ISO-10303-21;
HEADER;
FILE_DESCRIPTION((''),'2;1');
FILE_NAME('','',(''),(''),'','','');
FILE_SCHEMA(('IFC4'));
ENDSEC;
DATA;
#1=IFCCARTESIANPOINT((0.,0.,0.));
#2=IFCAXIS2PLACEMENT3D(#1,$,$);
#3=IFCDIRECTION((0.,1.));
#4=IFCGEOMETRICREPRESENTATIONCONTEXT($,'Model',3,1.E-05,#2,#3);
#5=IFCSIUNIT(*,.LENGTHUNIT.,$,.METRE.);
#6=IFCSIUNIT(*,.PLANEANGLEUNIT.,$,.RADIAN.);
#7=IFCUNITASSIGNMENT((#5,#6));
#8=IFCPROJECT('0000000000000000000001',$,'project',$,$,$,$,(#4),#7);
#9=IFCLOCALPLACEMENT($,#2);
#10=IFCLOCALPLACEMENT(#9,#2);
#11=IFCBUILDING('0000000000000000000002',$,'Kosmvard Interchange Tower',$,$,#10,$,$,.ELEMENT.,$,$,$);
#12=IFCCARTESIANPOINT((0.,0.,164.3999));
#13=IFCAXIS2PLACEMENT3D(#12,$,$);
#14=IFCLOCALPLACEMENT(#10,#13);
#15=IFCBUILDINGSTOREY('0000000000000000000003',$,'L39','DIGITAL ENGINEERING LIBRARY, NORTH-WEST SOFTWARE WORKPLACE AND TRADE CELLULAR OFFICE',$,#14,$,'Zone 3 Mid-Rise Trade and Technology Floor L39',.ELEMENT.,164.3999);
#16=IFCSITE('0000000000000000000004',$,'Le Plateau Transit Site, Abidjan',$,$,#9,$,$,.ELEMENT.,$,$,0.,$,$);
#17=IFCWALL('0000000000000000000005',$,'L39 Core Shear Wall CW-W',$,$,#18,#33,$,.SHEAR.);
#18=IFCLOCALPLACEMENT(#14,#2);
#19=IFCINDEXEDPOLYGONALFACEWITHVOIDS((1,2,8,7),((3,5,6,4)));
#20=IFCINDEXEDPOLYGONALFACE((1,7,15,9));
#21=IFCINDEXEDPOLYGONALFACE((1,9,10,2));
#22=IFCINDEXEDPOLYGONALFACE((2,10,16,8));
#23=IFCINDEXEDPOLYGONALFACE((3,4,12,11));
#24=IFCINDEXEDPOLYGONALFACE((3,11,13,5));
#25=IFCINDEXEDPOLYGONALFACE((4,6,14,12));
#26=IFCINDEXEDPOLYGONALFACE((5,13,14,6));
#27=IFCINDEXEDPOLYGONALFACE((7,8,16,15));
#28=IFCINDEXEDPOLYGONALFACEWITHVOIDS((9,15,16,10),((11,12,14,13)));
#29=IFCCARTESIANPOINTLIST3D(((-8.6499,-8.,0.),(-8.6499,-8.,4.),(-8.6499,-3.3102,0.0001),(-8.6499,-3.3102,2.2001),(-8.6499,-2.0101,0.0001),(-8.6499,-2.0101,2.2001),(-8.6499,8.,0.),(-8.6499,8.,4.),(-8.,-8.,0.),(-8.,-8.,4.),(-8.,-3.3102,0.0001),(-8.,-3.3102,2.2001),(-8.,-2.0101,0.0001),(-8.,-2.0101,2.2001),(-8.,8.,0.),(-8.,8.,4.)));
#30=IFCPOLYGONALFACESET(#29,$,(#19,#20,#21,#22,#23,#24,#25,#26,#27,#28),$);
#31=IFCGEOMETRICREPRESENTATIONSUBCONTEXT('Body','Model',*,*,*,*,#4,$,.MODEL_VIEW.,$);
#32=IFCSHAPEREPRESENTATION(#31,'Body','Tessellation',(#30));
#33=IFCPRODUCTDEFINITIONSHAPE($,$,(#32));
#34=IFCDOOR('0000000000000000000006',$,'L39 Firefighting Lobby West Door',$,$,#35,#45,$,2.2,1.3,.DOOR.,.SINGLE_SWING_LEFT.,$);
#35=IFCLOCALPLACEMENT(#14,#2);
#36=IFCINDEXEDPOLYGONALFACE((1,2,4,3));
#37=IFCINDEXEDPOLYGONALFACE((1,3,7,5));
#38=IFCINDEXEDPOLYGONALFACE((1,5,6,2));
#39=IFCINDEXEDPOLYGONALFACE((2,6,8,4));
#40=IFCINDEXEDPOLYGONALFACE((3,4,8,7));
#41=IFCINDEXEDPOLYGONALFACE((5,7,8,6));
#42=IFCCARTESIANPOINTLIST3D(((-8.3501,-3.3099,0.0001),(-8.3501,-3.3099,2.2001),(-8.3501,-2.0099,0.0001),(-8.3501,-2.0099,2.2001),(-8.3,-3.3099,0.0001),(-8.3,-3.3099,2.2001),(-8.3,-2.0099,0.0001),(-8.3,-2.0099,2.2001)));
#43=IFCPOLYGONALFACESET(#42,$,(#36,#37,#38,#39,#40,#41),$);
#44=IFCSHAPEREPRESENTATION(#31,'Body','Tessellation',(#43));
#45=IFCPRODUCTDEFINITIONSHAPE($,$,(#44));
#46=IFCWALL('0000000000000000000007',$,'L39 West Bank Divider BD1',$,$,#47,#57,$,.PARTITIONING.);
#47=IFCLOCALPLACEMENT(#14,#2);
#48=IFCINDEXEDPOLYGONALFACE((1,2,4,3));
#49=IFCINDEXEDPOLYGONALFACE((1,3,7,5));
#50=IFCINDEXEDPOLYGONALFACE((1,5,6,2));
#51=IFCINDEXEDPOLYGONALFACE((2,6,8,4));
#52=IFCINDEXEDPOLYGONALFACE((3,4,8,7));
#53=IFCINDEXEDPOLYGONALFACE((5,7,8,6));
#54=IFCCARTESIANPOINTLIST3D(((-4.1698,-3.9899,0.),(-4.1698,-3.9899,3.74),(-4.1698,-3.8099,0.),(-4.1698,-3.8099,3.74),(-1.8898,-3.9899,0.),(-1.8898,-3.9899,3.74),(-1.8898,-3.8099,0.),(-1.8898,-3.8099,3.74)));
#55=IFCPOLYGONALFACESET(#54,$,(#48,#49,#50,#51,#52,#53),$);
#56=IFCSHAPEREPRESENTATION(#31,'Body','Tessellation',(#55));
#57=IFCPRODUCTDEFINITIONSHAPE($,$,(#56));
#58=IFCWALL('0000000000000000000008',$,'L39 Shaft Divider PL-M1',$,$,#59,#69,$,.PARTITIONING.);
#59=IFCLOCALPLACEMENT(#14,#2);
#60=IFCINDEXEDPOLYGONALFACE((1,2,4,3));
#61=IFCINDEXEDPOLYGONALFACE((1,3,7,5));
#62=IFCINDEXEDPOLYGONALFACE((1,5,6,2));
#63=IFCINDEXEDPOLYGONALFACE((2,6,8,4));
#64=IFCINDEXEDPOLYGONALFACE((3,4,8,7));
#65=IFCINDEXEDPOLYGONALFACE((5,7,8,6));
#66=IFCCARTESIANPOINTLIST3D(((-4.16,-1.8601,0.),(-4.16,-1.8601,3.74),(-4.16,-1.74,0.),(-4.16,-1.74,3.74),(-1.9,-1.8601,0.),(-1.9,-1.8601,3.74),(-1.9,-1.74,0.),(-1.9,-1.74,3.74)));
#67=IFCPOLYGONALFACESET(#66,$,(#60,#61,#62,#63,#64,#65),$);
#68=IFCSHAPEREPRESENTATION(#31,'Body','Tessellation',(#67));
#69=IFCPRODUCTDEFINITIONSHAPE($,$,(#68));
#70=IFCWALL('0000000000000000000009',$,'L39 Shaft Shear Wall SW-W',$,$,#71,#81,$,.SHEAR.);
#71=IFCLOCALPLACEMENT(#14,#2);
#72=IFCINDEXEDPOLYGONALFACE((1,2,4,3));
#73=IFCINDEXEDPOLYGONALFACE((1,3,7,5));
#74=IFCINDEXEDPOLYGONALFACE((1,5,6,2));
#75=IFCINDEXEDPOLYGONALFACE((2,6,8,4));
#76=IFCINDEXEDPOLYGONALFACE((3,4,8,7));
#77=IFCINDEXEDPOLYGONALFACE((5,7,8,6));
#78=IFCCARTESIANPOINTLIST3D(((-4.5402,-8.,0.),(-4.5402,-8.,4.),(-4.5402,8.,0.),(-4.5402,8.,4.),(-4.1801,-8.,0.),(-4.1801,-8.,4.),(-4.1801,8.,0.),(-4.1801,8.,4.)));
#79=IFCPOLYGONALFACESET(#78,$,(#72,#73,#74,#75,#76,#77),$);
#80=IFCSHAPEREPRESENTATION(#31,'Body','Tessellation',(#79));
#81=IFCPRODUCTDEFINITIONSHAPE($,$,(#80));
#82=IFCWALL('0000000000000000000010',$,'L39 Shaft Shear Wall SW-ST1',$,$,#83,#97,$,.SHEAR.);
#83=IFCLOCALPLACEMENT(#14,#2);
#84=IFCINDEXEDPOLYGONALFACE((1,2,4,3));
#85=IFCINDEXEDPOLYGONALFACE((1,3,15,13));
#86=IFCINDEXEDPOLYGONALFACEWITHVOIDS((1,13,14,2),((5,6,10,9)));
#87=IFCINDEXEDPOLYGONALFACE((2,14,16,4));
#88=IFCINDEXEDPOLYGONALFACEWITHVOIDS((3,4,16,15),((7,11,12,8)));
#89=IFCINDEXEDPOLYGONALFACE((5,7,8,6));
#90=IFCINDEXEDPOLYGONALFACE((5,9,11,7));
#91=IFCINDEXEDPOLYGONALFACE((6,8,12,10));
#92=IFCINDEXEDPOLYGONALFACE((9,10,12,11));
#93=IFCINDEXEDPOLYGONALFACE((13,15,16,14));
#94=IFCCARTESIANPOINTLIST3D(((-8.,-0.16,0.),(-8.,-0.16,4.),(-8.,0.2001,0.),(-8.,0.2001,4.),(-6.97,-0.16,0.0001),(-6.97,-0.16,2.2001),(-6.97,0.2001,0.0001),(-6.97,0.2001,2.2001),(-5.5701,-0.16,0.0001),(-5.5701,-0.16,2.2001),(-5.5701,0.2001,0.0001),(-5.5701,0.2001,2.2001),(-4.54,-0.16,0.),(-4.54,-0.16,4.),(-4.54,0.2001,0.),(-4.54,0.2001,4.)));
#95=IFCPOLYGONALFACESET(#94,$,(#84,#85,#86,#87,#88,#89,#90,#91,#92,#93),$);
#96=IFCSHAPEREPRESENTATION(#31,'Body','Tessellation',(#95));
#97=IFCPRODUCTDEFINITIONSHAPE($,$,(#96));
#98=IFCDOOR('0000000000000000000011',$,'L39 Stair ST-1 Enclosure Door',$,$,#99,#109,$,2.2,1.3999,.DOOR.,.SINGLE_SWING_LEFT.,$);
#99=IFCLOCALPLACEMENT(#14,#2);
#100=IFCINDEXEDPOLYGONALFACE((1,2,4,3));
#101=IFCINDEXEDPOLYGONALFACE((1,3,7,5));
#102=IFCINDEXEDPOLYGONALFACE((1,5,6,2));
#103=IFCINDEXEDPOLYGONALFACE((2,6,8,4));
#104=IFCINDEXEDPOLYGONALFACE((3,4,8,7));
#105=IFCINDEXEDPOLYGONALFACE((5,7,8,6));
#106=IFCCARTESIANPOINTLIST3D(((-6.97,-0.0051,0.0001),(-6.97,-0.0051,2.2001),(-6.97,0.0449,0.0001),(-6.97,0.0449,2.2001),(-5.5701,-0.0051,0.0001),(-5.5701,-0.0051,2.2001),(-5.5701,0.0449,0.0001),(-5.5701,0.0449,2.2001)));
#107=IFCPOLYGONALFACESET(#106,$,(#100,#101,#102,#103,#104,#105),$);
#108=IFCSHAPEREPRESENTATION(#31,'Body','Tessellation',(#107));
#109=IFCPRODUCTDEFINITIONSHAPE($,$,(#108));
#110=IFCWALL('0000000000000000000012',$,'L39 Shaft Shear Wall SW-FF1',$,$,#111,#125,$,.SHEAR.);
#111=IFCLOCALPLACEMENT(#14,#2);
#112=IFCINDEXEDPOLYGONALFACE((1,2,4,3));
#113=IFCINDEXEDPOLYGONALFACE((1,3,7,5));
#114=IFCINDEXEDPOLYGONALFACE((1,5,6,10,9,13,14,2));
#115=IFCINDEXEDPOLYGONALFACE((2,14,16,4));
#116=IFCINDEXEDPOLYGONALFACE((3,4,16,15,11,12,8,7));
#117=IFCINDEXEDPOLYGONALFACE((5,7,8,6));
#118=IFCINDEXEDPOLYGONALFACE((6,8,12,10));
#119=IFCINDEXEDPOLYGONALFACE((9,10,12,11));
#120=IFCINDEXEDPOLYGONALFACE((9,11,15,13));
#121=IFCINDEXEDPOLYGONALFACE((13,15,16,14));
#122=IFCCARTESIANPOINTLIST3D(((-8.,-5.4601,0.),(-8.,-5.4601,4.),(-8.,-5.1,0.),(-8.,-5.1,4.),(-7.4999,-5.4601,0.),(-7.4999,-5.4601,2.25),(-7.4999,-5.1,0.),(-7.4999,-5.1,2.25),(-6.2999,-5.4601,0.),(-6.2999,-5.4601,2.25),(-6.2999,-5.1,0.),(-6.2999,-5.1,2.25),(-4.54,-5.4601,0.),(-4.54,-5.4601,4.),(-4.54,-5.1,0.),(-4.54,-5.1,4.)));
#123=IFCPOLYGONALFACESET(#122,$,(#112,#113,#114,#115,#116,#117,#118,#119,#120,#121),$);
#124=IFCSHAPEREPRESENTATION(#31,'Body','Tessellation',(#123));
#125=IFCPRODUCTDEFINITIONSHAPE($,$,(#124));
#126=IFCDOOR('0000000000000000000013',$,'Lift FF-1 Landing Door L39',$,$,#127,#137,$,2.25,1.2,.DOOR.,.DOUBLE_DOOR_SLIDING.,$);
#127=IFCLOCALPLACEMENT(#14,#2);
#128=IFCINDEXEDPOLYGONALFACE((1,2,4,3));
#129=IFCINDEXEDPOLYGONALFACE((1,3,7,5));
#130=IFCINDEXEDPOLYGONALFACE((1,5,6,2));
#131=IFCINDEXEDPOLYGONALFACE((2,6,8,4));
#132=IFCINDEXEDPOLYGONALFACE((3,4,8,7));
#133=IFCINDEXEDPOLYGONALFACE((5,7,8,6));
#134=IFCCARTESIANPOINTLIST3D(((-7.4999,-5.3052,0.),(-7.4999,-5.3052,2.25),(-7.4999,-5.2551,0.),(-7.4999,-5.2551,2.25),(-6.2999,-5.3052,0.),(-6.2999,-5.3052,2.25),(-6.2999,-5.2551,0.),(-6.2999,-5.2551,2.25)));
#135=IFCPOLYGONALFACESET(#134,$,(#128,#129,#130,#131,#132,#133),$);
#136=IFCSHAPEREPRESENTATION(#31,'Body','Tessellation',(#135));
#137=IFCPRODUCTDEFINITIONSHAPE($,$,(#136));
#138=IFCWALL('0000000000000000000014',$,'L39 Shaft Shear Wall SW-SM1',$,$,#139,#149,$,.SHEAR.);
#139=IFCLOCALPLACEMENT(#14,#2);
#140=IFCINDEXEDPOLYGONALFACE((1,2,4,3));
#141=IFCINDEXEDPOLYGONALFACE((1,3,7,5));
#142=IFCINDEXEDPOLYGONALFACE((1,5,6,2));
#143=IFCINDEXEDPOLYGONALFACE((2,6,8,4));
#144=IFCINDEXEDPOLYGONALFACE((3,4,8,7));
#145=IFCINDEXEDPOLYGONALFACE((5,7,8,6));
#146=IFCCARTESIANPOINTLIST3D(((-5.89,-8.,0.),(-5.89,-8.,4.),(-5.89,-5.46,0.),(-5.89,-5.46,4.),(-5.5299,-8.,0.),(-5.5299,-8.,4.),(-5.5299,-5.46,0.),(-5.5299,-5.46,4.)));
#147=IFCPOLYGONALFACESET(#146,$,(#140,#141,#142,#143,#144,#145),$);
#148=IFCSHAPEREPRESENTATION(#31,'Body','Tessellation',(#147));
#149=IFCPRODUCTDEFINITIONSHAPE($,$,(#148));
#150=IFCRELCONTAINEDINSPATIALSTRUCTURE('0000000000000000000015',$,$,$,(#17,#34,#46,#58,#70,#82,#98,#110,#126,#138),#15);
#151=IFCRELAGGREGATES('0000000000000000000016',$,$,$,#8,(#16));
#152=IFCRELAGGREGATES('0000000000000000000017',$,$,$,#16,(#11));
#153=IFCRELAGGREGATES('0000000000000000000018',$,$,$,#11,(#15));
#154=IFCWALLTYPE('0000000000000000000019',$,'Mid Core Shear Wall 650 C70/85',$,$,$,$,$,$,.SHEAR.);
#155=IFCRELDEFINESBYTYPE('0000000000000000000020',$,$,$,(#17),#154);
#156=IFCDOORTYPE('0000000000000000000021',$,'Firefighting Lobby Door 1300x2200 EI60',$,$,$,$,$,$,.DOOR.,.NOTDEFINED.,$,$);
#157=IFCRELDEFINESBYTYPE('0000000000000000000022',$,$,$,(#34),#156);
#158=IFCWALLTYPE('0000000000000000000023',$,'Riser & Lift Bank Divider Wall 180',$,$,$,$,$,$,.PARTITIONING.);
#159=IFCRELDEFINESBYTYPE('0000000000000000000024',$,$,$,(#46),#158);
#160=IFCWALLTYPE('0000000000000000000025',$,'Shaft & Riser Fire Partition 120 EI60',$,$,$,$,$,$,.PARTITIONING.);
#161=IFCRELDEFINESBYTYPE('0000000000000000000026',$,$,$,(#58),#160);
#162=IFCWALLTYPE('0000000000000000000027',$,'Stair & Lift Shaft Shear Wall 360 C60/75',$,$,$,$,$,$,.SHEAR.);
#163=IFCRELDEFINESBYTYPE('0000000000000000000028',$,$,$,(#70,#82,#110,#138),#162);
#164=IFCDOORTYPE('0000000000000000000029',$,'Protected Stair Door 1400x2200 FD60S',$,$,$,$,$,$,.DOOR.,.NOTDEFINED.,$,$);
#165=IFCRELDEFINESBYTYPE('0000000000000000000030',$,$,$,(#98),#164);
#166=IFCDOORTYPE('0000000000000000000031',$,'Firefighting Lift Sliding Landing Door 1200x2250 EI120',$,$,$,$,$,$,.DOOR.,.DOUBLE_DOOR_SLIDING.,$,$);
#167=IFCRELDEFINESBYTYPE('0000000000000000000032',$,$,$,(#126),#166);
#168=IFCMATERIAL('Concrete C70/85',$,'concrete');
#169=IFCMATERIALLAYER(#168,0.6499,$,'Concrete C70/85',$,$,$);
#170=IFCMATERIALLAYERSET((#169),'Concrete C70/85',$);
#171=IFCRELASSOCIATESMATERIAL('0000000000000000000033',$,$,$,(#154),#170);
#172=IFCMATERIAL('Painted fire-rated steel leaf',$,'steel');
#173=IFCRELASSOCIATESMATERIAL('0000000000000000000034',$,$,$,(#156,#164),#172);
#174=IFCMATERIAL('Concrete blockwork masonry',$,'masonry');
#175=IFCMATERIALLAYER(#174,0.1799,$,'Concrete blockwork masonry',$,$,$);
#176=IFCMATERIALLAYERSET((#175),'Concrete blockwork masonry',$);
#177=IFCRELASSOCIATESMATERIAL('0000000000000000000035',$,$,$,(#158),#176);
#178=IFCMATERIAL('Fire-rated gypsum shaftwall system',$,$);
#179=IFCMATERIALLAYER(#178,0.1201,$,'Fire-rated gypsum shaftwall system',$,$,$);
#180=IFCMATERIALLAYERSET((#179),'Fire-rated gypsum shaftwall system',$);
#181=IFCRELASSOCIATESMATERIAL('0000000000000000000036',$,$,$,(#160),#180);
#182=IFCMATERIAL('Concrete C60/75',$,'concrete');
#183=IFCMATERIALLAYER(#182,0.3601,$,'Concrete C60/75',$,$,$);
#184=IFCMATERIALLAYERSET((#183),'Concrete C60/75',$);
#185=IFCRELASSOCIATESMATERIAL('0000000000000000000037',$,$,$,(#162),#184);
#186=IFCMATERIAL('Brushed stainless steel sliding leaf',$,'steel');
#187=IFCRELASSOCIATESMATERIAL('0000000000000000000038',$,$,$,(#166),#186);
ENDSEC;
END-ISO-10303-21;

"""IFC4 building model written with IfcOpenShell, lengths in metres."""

from ifc_helpers import new_model, si_unit, direction, frame, frame_2d, origin, place, context, subcontext, project, spatial, rectangle, extrude, source, transform, mapped, material, layer, layer_set, type_object, element, fill, save


model = new_model("IFC4")

# Units and contexts
model_context = context("Model", 3, precision=1e-05, world=origin(), true_north=direction((0.0, 1.0)))
body_context = subcontext(model_context, "Body", "Model", "MODEL_VIEW")
ifc_project = project(units=[si_unit("LENGTHUNIT", "METRE"), si_unit("PLANEANGLEUNIT", "RADIAN")], contexts=[model_context])

# Site, building, storey
site_placement = place(None, origin())
site = spatial("IfcSite", under=ifc_project, at=site_placement, Name="Le Plateau Transit Site, Abidjan", CompositionType="ELEMENT", RefElevation=0.0)
building_placement = place(site_placement, origin())
building = spatial("IfcBuilding", under=site, at=building_placement, Name="Kosmvard Interchange Tower", CompositionType="ELEMENT")
storey_placement = place(building_placement, frame((0.0, 0.0, 164.3999)))
storey = spatial("IfcBuildingStorey", under=building, at=storey_placement, Name="L39", Description="DIGITAL ENGINEERING LIBRARY, NORTH-WEST SOFTWARE WORKPLACE AND TRADE CELLULAR OFFICE", LongName="Zone 3 Mid-Rise Trade and Technology Floor L39", CompositionType="ELEMENT", Elevation=164.3999)

# Shared definitions
ifc_material_1 = material(Name="Concrete C60/75", Category="concrete")

# Wall, opening, door
ifc_material_2 = material(Name="Concrete C70/85", Category="concrete")
ifc_layer_1 = layer(ifc_material_2, 0.6499, Name="Concrete C70/85")
ifc_layer_set_1 = layer_set([ifc_layer_1], Name="Concrete C70/85")
wall_type_1 = type_object("IfcWallType", Name="Mid Core Shear Wall 650 C70/85", PredefinedType="SHEAR", material=ifc_layer_set_1)
ifc_material_3 = material(Name="Painted fire-rated steel leaf", Category="steel")
door_type_1 = type_object("IfcDoorType", Name="Firefighting Lobby Door 1300x2200 EI60", OperationType="NOTDEFINED", PredefinedType="DOOR", material=ifc_material_3)
shared_shape_1 = source(origin(), body_context, "Body", "SweptSolid", [
    extrude(rectangle(XDim=1.3, YDim=2.2, at=frame_2d((0.6499, 1.1001))), frame((0.0, 0.0249, 0.0), z_axis=(0.0, -1.0, 0.0), x_axis=(1.0, 0.0, 0.0)), (0.0, 0.0, 1.0), 0.05),
])
wall_1_placement = place(storey_placement, frame((-8.325, -8.0, 0.0), z_axis=(0.0, 0.0, 1.0), x_axis=(0.0, 1.0, 0.0)))
wall_1 = element("IfcWall", 1, at=wall_1_placement, inside=storey, type_object=wall_type_1, Name="L39 Core Shear Wall CW-W", PredefinedType="SHEAR", context=body_context, shape_type="SweptSolid", body=[
    extrude(rectangle(XDim=16.0, YDim=0.6499, at=frame_2d((8.0, 0.0))), origin(), (0.0, 0.0, 1.0), 4.0),
])
opening_1_placement = place(wall_1_placement, frame((4.6899, 0.0, 0.0)))
opening_1 = element("IfcOpeningElement", 2, at=opening_1_placement, cuts=wall_1, PredefinedType="OPENING", context=body_context, shape_type="SweptSolid", body=[
    extrude(rectangle(XDim=1.3, YDim=2.2, at=frame_2d((0.6499, 1.1001))), frame((0.0, 0.335, 0.0), z_axis=(0.0, -1.0, 0.0), x_axis=(1.0, 0.0, 0.0)), (0.0, 0.0, 1.0), 0.6699),
])
door_1_placement = place(opening_1_placement, frame((1.3, 0.0, 0.0), z_axis=(0.0, 0.0, 1.0), x_axis=(-1.0, 0.0, 0.0)))
door_1 = element("IfcDoor", 3, at=door_1_placement, inside=storey, type_object=door_type_1, Name="L39 Firefighting Lobby West Door", OperationType="SINGLE_SWING_LEFT", OverallHeight=2.2, OverallWidth=1.3, PredefinedType="DOOR", context=body_context, shape_type="MappedRepresentation", body=[
    mapped(shared_shape_1, transform((0.0, 0.0, 0.0), scale=1.0)),
])
fill(opening_1, door_1)

# Walls
ifc_material_4 = material(Name="Concrete blockwork masonry", Category="masonry")
ifc_layer_2 = layer(ifc_material_4, 0.1799, Name="Concrete blockwork masonry")
ifc_layer_set_2 = layer_set([ifc_layer_2], Name="Concrete blockwork masonry")
wall_type_2 = type_object("IfcWallType", Name="Riser & Lift Bank Divider Wall 180", PredefinedType="PARTITIONING", material=ifc_layer_set_2)
wall_2_placement = place(storey_placement, frame((-4.1699, -3.8999, 0.0), z_axis=(0.0, 0.0, 1.0), x_axis=(1.0, 0.0, 0.0)))
element("IfcWall", 4, at=wall_2_placement, inside=storey, type_object=wall_type_2, Name="L39 West Bank Divider BD1", PredefinedType="PARTITIONING", context=body_context, shape_type="SweptSolid", body=[
    extrude(rectangle(XDim=2.28, YDim=0.1799, at=frame_2d((1.1401, 0.0))), origin(), (0.0, 0.0, 1.0), 3.74),
])
ifc_material_5 = material(Name="Fire-rated gypsum shaftwall system")
ifc_layer_3 = layer(ifc_material_5, 0.1201, Name="Fire-rated gypsum shaftwall system")
ifc_layer_set_3 = layer_set([ifc_layer_3], Name="Fire-rated gypsum shaftwall system")
wall_type_3 = type_object("IfcWallType", Name="Shaft & Riser Fire Partition 120 EI60", PredefinedType="PARTITIONING", material=ifc_layer_set_3)
wall_3_placement = place(storey_placement, frame((-4.1599, -1.8, 0.0), z_axis=(0.0, 0.0, 1.0), x_axis=(1.0, 0.0, 0.0)))
element("IfcWall", 5, at=wall_3_placement, inside=storey, type_object=wall_type_3, Name="L39 Shaft Divider PL-M1", PredefinedType="PARTITIONING", context=body_context, shape_type="SweptSolid", body=[
    extrude(rectangle(XDim=2.26, YDim=0.1201, at=frame_2d((1.1299, 0.0))), origin(), (0.0, 0.0, 1.0), 3.74),
])
ifc_layer_4 = layer(ifc_material_1, 0.3601, Name="Concrete C60/75")
ifc_layer_set_4 = layer_set([ifc_layer_4], Name="Concrete C60/75")
wall_type_4 = type_object("IfcWallType", Name="Stair & Lift Shaft Shear Wall 360 C60/75", PredefinedType="SHEAR", material=ifc_layer_set_4)
wall_4_placement = place(storey_placement, frame((-4.3601, -8.0, 0.0), z_axis=(0.0, 0.0, 1.0), x_axis=(0.0, 1.0, 0.0)))
element("IfcWall", 6, at=wall_4_placement, inside=storey, type_object=wall_type_4, Name="L39 Shaft Shear Wall SW-W", PredefinedType="SHEAR", context=body_context, shape_type="SweptSolid", body=[
    extrude(rectangle(XDim=16.0, YDim=0.3601, at=frame_2d((8.0, 0.0))), origin(), (0.0, 0.0, 1.0), 4.0),
])

# Walls, openings, doors
wall_5_placement = place(storey_placement, frame((-8.0, 0.02, 0.0), z_axis=(0.0, 0.0, 1.0), x_axis=(1.0, 0.0, 0.0)))
wall_5 = element("IfcWall", 7, at=wall_5_placement, inside=storey, type_object=wall_type_4, Name="L39 Shaft Shear Wall SW-ST1", PredefinedType="SHEAR", context=body_context, shape_type="SweptSolid", body=[
    extrude(rectangle(XDim=3.46, YDim=0.3601, at=frame_2d((1.73, 0.0))), origin(), (0.0, 0.0, 1.0), 4.0),
])
opening_2_placement = place(wall_5_placement, frame((1.03, 0.0, 0.0)))
opening_2 = element("IfcOpeningElement", 8, at=opening_2_placement, cuts=wall_5, PredefinedType="OPENING", context=body_context, shape_type="SweptSolid", body=[
    extrude(rectangle(XDim=1.3999, YDim=2.2, at=frame_2d((0.7, 1.1001))), frame((0.0, 0.1899, 0.0), z_axis=(0.0, -1.0, 0.0), x_axis=(1.0, 0.0, 0.0)), (0.0, 0.0, 1.0), 0.3801),
])
door_type_2 = type_object("IfcDoorType", Name="Protected Stair Door 1400x2200 FD60S", OperationType="NOTDEFINED", PredefinedType="DOOR", material=ifc_material_3)
shared_shape_2 = source(origin(), body_context, "Body", "SweptSolid", [
    extrude(rectangle(XDim=1.3999, YDim=2.2, at=frame_2d((0.7, 1.1001))), frame((0.0, 0.0249, 0.0), z_axis=(0.0, -1.0, 0.0), x_axis=(1.0, 0.0, 0.0)), (0.0, 0.0, 1.0), 0.05),
])
door_2_placement = place(opening_2_placement, origin())
door_2 = element("IfcDoor", 9, at=door_2_placement, inside=storey, type_object=door_type_2, Name="L39 Stair ST-1 Enclosure Door", OperationType="SINGLE_SWING_LEFT", OverallHeight=2.2, OverallWidth=1.3999, PredefinedType="DOOR", context=body_context, shape_type="MappedRepresentation", body=[
    mapped(shared_shape_2, transform((0.0, 0.0, 0.0), scale=1.0)),
])
fill(opening_2, door_2)
wall_6_placement = place(storey_placement, frame((-8.0, -5.28, 0.0), z_axis=(0.0, 0.0, 1.0), x_axis=(1.0, 0.0, 0.0)))
wall_6 = element("IfcWall", 10, at=wall_6_placement, inside=storey, type_object=wall_type_4, Name="L39 Shaft Shear Wall SW-FF1", PredefinedType="SHEAR", context=body_context, shape_type="SweptSolid", body=[
    extrude(rectangle(XDim=3.46, YDim=0.3601, at=frame_2d((1.73, 0.0))), origin(), (0.0, 0.0, 1.0), 4.0),
])
opening_3_placement = place(wall_6_placement, frame((0.5, 0.0, 0.0)))
opening_3 = element("IfcOpeningElement", 11, at=opening_3_placement, cuts=wall_6, PredefinedType="OPENING", context=body_context, shape_type="SweptSolid", body=[
    extrude(rectangle(XDim=1.2, YDim=2.25, at=frame_2d((0.6001, 1.125))), frame((0.0, 0.1899, 0.0), z_axis=(0.0, -1.0, 0.0), x_axis=(1.0, 0.0, 0.0)), (0.0, 0.0, 1.0), 0.3801),
])
ifc_material_6 = material(Name="Brushed stainless steel sliding leaf", Category="steel")
door_type_3 = type_object("IfcDoorType", Name="Firefighting Lift Sliding Landing Door 1200x2250 EI120", OperationType="DOUBLE_DOOR_SLIDING", PredefinedType="DOOR", material=ifc_material_6)
shared_shape_3 = source(origin(), body_context, "Body", "SweptSolid", [
    extrude(rectangle(XDim=1.2, YDim=2.25, at=frame_2d((0.6001, 1.125))), frame((0.0, 0.0249, 0.0), z_axis=(0.0, -1.0, 0.0), x_axis=(1.0, 0.0, 0.0)), (0.0, 0.0, 1.0), 0.05),
])
door_3_placement = place(opening_3_placement, origin())
door_3 = element("IfcDoor", 12, at=door_3_placement, inside=storey, type_object=door_type_3, Name="Lift FF-1 Landing Door L39", OperationType="DOUBLE_DOOR_SLIDING", OverallHeight=2.25, OverallWidth=1.2, PredefinedType="DOOR", context=body_context, shape_type="MappedRepresentation", body=[
    mapped(shared_shape_3, transform((0.0, 0.0, 0.0), scale=1.0)),
])
fill(opening_3, door_3)

# Wall
wall_7_placement = place(storey_placement, frame((-5.71, -8.0, 0.0), z_axis=(0.0, 0.0, 1.0), x_axis=(0.0, 1.0, 0.0)))
element("IfcWall", 13, at=wall_7_placement, inside=storey, type_object=wall_type_4, Name="L39 Shaft Shear Wall SW-SM1", PredefinedType="SHEAR", context=body_context, shape_type="SweptSolid", body=[
    extrude(rectangle(XDim=2.54, YDim=0.3601, at=frame_2d((1.27, 0.0))), origin(), (0.0, 0.0, 1.0), 4.0),
])

save(model, "model.ifc")
